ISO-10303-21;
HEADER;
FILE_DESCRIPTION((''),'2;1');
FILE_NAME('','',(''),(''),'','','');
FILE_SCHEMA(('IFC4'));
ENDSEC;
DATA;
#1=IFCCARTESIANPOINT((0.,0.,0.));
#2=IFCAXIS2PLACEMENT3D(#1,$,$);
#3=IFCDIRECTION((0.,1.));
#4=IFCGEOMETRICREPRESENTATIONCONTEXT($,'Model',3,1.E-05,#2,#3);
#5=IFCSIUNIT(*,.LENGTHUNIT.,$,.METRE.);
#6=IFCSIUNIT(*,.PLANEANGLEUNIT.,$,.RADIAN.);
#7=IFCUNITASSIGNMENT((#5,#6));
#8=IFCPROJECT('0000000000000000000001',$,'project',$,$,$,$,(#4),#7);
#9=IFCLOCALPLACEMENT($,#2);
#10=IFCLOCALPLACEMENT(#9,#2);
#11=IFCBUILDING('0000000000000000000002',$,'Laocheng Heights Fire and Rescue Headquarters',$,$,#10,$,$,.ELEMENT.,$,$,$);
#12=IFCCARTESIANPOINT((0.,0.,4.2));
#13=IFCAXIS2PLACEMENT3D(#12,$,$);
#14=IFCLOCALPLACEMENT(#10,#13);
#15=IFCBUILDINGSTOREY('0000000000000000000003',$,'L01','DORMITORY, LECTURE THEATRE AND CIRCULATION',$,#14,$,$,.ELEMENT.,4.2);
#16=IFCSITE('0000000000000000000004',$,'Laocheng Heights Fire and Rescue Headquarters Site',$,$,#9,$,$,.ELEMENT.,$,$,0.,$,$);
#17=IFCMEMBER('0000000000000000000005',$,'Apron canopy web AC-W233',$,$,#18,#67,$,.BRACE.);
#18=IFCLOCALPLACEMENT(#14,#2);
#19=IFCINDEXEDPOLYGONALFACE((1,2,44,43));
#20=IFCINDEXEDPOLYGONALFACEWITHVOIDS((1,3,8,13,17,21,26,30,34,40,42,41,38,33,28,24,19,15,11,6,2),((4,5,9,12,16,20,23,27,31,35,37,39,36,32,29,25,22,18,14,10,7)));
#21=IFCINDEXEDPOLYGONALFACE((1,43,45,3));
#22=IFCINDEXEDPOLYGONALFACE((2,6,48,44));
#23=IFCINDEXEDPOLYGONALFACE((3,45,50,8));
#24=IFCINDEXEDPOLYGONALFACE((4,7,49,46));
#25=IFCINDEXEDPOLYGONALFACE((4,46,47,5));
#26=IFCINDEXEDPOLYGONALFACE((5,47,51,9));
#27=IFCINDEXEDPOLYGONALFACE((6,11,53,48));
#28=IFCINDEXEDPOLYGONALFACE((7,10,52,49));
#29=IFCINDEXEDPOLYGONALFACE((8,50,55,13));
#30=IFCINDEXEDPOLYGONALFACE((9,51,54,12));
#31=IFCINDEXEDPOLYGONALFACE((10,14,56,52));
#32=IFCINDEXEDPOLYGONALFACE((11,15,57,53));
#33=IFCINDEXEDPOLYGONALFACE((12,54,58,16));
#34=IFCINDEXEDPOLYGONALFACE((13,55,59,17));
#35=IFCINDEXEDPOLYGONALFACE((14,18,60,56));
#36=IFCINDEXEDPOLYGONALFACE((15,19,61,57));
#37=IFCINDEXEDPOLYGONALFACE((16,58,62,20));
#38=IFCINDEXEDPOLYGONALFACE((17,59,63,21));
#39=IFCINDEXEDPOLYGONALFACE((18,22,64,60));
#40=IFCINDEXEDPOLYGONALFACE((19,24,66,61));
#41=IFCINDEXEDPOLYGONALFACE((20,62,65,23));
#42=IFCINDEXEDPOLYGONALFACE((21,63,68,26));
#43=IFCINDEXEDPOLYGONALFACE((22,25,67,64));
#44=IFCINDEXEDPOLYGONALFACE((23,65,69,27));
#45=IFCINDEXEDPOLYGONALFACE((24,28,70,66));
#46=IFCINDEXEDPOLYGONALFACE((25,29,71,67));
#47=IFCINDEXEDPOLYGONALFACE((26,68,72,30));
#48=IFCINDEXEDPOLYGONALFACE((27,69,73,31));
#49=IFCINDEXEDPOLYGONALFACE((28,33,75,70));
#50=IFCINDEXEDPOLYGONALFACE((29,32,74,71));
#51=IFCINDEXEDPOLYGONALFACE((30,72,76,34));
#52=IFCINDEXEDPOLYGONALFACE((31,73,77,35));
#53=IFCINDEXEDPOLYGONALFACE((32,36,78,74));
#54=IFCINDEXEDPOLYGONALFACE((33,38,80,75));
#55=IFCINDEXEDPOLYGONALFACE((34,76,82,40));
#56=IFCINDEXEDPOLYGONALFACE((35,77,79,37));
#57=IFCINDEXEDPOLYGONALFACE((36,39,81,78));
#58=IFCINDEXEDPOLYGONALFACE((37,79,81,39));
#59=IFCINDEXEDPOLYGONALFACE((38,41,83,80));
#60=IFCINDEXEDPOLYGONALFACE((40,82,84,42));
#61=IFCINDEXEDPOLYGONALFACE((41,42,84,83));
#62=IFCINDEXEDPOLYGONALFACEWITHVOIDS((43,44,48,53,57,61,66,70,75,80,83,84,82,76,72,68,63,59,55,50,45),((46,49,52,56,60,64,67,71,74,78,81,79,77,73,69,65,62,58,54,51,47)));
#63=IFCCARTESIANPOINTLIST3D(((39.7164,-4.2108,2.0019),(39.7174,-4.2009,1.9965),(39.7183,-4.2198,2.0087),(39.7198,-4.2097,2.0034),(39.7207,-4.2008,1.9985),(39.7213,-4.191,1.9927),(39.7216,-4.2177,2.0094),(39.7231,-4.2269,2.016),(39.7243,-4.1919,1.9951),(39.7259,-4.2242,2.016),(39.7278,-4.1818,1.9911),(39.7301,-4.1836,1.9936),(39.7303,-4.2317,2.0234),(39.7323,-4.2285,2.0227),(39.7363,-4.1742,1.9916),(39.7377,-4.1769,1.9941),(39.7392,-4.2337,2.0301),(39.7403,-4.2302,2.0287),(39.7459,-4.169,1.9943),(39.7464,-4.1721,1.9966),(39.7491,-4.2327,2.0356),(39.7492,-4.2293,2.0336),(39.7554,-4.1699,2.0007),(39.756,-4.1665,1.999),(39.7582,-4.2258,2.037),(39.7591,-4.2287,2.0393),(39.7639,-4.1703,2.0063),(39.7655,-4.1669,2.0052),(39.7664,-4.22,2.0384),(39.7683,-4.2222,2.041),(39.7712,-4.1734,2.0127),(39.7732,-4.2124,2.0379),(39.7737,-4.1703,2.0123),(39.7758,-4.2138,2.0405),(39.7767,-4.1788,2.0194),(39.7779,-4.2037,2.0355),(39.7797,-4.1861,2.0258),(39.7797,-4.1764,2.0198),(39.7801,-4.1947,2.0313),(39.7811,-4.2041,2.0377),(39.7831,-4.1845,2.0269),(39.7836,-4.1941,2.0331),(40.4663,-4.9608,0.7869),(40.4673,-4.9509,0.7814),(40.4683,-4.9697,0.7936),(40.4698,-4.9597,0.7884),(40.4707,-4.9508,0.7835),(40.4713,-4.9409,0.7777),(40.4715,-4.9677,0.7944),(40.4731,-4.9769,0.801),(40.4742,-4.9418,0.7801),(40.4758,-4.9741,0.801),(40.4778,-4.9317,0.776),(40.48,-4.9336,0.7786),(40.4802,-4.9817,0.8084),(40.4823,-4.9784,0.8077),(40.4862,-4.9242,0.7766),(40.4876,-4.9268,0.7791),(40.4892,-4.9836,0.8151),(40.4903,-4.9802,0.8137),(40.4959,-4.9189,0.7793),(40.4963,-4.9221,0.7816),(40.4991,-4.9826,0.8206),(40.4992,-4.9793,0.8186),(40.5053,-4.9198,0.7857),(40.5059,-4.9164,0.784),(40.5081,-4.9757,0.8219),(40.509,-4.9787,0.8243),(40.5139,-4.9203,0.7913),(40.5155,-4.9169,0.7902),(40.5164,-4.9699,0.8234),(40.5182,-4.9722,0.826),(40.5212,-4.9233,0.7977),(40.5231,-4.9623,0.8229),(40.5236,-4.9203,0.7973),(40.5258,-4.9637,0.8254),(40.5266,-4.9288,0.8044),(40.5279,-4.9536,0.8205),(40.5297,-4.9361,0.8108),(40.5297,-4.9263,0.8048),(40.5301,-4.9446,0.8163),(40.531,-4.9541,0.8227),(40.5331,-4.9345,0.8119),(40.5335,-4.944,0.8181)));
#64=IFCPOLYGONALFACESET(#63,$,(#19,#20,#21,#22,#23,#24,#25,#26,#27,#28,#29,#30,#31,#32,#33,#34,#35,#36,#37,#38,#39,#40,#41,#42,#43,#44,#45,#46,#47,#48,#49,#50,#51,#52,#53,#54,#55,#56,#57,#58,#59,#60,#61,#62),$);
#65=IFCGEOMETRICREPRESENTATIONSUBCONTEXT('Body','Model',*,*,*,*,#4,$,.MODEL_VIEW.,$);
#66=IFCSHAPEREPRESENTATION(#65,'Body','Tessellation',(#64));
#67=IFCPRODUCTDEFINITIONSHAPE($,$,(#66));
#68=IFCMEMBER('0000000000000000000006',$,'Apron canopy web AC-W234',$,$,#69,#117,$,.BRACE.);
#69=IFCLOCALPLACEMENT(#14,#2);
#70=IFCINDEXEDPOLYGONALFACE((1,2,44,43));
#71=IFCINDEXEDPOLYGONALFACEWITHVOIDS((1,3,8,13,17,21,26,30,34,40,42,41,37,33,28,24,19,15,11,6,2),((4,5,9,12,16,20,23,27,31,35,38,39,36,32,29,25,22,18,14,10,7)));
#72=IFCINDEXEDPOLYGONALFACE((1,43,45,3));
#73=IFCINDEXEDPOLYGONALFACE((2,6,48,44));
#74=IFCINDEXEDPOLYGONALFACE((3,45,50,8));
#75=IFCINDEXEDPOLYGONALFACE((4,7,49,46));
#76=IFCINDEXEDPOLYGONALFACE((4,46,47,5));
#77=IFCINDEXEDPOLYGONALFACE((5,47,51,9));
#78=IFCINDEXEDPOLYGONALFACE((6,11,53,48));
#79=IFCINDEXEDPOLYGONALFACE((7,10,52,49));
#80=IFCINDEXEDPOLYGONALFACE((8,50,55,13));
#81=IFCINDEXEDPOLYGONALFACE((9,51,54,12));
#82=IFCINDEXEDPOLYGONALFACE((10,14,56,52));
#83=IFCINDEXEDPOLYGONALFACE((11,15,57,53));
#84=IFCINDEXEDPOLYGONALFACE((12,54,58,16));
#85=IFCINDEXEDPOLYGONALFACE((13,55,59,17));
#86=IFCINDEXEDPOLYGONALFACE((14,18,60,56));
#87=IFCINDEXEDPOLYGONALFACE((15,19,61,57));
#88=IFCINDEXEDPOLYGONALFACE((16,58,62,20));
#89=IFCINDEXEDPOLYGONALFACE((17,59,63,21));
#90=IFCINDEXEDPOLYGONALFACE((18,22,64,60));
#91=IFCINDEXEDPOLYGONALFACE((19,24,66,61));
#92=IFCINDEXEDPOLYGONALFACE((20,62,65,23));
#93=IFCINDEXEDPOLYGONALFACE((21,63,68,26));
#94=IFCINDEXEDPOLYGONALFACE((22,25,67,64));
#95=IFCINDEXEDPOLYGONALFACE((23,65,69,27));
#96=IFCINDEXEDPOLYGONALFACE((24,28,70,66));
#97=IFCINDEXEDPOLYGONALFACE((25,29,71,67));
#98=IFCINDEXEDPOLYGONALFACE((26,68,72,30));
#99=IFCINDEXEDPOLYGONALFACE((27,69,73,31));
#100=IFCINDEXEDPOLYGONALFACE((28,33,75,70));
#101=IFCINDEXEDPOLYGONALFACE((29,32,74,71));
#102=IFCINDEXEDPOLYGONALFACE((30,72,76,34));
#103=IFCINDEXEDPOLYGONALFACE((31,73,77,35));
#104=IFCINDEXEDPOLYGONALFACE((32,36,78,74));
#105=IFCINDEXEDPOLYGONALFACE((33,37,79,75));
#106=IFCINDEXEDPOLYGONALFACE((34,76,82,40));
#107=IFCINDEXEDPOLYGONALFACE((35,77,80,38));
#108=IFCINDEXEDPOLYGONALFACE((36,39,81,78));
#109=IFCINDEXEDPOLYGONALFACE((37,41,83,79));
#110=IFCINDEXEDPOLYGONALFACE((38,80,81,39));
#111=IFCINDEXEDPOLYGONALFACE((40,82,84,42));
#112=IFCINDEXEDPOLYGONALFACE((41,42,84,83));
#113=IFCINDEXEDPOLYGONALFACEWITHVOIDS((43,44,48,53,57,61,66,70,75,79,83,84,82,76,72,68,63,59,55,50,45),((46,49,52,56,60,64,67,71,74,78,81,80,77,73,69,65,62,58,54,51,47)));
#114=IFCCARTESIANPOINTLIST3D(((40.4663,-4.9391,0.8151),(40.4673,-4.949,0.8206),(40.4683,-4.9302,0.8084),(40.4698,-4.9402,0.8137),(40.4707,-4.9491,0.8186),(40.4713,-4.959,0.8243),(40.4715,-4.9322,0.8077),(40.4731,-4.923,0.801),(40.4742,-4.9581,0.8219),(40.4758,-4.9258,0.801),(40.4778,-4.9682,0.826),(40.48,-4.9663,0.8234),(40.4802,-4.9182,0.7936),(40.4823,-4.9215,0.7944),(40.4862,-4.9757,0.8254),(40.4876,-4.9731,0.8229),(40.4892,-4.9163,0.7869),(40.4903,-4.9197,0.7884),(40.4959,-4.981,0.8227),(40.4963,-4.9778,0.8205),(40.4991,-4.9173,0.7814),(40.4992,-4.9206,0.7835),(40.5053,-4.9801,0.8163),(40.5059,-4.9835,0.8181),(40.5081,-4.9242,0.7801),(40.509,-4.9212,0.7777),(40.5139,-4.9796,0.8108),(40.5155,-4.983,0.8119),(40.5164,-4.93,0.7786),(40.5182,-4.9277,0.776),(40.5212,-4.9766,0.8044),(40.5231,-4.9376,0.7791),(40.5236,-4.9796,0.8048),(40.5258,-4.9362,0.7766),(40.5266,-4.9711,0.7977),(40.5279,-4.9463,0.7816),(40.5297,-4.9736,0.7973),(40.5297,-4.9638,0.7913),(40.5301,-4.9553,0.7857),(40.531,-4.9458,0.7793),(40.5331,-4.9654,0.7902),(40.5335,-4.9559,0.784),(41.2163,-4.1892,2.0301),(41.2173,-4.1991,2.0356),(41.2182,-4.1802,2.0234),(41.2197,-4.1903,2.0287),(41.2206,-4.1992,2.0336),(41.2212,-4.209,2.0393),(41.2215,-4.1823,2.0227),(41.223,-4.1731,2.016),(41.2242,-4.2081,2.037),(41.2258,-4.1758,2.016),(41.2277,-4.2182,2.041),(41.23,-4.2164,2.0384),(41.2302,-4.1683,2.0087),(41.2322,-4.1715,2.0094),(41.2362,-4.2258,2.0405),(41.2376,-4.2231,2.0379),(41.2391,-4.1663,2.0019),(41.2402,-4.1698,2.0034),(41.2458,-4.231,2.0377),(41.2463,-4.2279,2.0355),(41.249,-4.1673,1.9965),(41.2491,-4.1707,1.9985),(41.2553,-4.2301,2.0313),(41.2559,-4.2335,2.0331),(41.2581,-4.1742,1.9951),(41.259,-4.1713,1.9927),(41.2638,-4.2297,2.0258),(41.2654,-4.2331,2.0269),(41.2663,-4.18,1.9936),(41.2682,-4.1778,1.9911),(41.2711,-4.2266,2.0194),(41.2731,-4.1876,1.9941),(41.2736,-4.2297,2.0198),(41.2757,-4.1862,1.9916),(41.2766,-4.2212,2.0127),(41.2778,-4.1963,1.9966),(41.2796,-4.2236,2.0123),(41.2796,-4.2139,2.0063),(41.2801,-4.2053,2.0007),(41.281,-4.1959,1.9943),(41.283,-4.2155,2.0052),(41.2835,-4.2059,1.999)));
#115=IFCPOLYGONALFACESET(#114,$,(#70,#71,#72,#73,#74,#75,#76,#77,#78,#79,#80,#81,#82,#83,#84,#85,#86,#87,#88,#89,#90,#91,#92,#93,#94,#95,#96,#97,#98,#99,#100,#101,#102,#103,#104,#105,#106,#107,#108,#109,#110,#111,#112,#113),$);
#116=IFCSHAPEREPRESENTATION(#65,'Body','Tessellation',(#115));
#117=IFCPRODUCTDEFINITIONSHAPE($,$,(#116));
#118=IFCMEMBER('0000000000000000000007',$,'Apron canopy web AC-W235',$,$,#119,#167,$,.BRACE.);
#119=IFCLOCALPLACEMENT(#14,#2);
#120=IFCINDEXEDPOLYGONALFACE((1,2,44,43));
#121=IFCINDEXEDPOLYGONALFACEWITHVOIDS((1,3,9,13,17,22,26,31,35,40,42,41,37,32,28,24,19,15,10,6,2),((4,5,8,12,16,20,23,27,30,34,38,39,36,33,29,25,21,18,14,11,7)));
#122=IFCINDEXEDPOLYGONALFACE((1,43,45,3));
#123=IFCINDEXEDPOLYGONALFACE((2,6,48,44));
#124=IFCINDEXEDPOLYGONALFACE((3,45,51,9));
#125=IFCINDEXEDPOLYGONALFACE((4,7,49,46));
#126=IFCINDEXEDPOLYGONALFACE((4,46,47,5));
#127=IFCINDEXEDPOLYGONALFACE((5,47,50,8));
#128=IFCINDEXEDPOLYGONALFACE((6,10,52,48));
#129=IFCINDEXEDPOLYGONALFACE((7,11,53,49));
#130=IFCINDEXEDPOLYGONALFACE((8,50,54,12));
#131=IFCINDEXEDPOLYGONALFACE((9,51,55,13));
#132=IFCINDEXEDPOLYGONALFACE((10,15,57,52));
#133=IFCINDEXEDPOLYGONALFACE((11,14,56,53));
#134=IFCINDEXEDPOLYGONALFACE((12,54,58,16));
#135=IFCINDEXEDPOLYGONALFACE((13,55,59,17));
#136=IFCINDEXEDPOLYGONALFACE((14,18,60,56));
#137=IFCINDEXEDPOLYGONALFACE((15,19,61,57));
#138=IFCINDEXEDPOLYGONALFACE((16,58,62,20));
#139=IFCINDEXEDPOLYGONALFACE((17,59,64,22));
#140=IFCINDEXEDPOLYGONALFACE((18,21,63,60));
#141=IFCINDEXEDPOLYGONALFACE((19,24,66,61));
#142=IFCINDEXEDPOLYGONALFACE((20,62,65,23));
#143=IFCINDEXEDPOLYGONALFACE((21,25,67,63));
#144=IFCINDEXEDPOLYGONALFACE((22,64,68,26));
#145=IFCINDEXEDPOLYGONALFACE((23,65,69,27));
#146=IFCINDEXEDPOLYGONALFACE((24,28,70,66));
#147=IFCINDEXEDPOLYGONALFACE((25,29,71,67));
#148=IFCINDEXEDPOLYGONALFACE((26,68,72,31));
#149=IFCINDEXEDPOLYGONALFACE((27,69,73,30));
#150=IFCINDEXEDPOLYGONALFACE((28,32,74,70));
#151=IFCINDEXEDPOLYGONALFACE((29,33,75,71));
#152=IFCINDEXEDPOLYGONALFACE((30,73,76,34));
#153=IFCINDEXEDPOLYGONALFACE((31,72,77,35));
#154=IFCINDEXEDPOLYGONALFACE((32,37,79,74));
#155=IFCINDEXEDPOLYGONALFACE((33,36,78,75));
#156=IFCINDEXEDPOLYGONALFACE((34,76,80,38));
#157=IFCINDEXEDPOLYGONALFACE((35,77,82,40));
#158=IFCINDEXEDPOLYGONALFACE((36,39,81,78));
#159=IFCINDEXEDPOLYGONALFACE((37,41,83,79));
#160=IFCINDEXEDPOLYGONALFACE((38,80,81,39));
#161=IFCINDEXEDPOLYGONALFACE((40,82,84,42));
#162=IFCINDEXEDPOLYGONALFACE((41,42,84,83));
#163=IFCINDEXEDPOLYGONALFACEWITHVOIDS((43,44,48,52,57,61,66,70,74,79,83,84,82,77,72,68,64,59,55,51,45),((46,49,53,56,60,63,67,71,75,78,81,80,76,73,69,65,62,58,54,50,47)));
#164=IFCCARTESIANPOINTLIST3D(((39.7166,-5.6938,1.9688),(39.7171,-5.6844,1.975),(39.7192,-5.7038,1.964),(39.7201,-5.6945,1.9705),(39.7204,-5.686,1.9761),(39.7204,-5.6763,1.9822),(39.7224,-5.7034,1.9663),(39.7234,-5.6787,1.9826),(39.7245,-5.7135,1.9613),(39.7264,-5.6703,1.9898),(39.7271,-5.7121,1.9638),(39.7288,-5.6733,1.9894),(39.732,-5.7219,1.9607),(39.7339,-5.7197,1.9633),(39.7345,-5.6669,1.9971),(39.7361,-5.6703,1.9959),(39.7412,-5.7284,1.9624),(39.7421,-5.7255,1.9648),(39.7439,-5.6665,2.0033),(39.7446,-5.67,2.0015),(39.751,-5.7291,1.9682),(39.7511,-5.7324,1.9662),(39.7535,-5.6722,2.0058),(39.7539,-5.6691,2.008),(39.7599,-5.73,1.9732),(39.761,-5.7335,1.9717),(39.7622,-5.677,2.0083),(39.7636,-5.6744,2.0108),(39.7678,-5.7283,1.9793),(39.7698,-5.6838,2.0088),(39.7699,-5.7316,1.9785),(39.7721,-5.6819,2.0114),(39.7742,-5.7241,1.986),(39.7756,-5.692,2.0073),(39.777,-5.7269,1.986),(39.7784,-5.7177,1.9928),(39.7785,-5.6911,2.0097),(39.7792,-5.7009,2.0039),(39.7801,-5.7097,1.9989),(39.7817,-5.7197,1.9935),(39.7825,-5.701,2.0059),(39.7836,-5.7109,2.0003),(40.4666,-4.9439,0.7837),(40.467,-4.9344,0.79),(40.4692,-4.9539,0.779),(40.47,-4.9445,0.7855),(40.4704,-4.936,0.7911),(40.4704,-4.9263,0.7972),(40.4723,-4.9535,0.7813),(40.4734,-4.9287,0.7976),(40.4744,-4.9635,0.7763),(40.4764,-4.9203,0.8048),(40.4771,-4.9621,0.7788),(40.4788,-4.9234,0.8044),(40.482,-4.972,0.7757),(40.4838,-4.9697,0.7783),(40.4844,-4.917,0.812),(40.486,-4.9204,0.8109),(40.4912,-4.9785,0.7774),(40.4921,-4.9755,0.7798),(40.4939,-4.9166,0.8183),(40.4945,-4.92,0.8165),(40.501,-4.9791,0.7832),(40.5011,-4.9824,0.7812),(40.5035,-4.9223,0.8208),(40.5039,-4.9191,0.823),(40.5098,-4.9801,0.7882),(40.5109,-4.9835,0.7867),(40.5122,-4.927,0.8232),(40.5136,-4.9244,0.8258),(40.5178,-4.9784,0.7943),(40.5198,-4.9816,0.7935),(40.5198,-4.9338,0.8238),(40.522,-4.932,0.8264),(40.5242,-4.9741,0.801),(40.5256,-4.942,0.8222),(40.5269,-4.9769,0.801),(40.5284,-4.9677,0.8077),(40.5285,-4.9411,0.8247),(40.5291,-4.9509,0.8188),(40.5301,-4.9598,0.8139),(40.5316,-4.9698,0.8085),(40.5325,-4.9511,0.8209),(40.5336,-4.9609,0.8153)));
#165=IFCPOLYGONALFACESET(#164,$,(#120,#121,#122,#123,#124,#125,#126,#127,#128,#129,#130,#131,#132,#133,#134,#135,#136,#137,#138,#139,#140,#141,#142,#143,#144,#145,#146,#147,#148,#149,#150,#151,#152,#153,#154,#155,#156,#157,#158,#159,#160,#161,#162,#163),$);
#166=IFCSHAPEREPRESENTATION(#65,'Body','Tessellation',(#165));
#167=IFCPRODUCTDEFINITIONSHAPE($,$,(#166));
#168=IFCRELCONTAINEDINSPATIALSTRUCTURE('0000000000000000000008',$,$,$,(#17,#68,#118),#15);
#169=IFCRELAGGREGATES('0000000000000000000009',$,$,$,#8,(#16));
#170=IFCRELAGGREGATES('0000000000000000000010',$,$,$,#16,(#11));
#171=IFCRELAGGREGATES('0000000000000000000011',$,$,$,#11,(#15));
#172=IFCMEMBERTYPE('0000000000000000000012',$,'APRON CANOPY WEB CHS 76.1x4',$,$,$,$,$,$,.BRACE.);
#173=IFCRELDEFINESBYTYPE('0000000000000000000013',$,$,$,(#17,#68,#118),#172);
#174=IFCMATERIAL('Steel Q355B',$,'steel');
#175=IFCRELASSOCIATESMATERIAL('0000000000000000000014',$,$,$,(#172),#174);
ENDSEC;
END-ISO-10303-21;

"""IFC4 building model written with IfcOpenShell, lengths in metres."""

from ifc_helpers import new_model, si_unit, direction, frame, origin, origin_2d, place, context, subcontext, project, spatial, hollow_circle, extrude, material, material_profile, profile_set, type_object, element, save


model = new_model("IFC4")

# Units and contexts
model_context = context("Model", 3, precision=1e-05, world=origin(), true_north=direction((0.0, 1.0)))
body_context = subcontext(model_context, "Body", "Model", "MODEL_VIEW")
ifc_project = project(units=[si_unit("LENGTHUNIT", "METRE"), si_unit("PLANEANGLEUNIT", "RADIAN")], contexts=[model_context])

# Site, building, storey
site_placement = place(None, origin())
site = spatial("IfcSite", under=ifc_project, at=site_placement, Name="Laocheng Heights Fire and Rescue Headquarters Site", CompositionType="ELEMENT", RefElevation=0.0)
building_placement = place(site_placement, origin())
building = spatial("IfcBuilding", under=site, at=building_placement, Name="Laocheng Heights Fire and Rescue Headquarters", CompositionType="ELEMENT")
storey_placement = place(building_placement, frame((0.0, 0.0, 4.2)))
storey = spatial("IfcBuildingStorey", under=building, at=storey_placement, Name="L01", Description="DORMITORY, LECTURE THEATRE AND CIRCULATION", CompositionType="ELEMENT", Elevation=4.2)

# Members
ifc_material_1 = material(Name="Steel Q355B", Category="steel")
ifc_material_profile_1 = material_profile(ifc_material_1, hollow_circle(Radius=0.0381, WallThickness=0.0039, at=origin_2d()), Name="CHS 76.1x4")
ifc_profile_set_1 = profile_set([ifc_material_profile_1], Name="Steel Q355B")
member_type_1 = type_object("IfcMemberType", Name="APRON CANOPY WEB CHS 76.1x4", PredefinedType="BRACE", material=ifc_profile_set_1)
for number, where, z_axis, x_axis, name in (
    (1, (40.5, -4.95, 0.801), (-0.465002, 0.465002, 0.753357), (-0.707107, -0.707107, 0.0), "Apron canopy web AC-W233"),
    (2, (40.5, -4.95, 0.801), (0.465002, 0.465002, 0.753357), (-0.707107, 0.707107, 0.0), "Apron canopy web AC-W234"),
):
    element("IfcMember", number, at=place(storey_placement, frame(where, z_axis=z_axis, x_axis=x_axis)), inside=storey, type_object=member_type_1, Name=name, PredefinedType="BRACE", context=body_context, shape_type="SweptSolid", body=[
        extrude(hollow_circle(Radius=0.0381, WallThickness=0.0039, at=origin_2d()), origin(), (0.0, 0.0, 1.0), 1.6128),
    ])
for number, where, z_axis, x_axis, name in (
    (3, (40.5, -4.95, 0.801), (-0.47158, -0.47158, 0.745134), (0.707107, -0.707107, 0.0), "Apron canopy web AC-W235"),
):
    element("IfcMember", number, at=place(storey_placement, frame(where, z_axis=z_axis, x_axis=x_axis)), inside=storey, type_object=member_type_1, Name=name, PredefinedType="BRACE", context=body_context, shape_type="SweptSolid", body=[
        extrude(hollow_circle(Radius=0.0381, WallThickness=0.0039, at=origin_2d()), origin(), (0.0, 0.0, 1.0), 1.5903),
    ])

save(model, "model.ifc")
